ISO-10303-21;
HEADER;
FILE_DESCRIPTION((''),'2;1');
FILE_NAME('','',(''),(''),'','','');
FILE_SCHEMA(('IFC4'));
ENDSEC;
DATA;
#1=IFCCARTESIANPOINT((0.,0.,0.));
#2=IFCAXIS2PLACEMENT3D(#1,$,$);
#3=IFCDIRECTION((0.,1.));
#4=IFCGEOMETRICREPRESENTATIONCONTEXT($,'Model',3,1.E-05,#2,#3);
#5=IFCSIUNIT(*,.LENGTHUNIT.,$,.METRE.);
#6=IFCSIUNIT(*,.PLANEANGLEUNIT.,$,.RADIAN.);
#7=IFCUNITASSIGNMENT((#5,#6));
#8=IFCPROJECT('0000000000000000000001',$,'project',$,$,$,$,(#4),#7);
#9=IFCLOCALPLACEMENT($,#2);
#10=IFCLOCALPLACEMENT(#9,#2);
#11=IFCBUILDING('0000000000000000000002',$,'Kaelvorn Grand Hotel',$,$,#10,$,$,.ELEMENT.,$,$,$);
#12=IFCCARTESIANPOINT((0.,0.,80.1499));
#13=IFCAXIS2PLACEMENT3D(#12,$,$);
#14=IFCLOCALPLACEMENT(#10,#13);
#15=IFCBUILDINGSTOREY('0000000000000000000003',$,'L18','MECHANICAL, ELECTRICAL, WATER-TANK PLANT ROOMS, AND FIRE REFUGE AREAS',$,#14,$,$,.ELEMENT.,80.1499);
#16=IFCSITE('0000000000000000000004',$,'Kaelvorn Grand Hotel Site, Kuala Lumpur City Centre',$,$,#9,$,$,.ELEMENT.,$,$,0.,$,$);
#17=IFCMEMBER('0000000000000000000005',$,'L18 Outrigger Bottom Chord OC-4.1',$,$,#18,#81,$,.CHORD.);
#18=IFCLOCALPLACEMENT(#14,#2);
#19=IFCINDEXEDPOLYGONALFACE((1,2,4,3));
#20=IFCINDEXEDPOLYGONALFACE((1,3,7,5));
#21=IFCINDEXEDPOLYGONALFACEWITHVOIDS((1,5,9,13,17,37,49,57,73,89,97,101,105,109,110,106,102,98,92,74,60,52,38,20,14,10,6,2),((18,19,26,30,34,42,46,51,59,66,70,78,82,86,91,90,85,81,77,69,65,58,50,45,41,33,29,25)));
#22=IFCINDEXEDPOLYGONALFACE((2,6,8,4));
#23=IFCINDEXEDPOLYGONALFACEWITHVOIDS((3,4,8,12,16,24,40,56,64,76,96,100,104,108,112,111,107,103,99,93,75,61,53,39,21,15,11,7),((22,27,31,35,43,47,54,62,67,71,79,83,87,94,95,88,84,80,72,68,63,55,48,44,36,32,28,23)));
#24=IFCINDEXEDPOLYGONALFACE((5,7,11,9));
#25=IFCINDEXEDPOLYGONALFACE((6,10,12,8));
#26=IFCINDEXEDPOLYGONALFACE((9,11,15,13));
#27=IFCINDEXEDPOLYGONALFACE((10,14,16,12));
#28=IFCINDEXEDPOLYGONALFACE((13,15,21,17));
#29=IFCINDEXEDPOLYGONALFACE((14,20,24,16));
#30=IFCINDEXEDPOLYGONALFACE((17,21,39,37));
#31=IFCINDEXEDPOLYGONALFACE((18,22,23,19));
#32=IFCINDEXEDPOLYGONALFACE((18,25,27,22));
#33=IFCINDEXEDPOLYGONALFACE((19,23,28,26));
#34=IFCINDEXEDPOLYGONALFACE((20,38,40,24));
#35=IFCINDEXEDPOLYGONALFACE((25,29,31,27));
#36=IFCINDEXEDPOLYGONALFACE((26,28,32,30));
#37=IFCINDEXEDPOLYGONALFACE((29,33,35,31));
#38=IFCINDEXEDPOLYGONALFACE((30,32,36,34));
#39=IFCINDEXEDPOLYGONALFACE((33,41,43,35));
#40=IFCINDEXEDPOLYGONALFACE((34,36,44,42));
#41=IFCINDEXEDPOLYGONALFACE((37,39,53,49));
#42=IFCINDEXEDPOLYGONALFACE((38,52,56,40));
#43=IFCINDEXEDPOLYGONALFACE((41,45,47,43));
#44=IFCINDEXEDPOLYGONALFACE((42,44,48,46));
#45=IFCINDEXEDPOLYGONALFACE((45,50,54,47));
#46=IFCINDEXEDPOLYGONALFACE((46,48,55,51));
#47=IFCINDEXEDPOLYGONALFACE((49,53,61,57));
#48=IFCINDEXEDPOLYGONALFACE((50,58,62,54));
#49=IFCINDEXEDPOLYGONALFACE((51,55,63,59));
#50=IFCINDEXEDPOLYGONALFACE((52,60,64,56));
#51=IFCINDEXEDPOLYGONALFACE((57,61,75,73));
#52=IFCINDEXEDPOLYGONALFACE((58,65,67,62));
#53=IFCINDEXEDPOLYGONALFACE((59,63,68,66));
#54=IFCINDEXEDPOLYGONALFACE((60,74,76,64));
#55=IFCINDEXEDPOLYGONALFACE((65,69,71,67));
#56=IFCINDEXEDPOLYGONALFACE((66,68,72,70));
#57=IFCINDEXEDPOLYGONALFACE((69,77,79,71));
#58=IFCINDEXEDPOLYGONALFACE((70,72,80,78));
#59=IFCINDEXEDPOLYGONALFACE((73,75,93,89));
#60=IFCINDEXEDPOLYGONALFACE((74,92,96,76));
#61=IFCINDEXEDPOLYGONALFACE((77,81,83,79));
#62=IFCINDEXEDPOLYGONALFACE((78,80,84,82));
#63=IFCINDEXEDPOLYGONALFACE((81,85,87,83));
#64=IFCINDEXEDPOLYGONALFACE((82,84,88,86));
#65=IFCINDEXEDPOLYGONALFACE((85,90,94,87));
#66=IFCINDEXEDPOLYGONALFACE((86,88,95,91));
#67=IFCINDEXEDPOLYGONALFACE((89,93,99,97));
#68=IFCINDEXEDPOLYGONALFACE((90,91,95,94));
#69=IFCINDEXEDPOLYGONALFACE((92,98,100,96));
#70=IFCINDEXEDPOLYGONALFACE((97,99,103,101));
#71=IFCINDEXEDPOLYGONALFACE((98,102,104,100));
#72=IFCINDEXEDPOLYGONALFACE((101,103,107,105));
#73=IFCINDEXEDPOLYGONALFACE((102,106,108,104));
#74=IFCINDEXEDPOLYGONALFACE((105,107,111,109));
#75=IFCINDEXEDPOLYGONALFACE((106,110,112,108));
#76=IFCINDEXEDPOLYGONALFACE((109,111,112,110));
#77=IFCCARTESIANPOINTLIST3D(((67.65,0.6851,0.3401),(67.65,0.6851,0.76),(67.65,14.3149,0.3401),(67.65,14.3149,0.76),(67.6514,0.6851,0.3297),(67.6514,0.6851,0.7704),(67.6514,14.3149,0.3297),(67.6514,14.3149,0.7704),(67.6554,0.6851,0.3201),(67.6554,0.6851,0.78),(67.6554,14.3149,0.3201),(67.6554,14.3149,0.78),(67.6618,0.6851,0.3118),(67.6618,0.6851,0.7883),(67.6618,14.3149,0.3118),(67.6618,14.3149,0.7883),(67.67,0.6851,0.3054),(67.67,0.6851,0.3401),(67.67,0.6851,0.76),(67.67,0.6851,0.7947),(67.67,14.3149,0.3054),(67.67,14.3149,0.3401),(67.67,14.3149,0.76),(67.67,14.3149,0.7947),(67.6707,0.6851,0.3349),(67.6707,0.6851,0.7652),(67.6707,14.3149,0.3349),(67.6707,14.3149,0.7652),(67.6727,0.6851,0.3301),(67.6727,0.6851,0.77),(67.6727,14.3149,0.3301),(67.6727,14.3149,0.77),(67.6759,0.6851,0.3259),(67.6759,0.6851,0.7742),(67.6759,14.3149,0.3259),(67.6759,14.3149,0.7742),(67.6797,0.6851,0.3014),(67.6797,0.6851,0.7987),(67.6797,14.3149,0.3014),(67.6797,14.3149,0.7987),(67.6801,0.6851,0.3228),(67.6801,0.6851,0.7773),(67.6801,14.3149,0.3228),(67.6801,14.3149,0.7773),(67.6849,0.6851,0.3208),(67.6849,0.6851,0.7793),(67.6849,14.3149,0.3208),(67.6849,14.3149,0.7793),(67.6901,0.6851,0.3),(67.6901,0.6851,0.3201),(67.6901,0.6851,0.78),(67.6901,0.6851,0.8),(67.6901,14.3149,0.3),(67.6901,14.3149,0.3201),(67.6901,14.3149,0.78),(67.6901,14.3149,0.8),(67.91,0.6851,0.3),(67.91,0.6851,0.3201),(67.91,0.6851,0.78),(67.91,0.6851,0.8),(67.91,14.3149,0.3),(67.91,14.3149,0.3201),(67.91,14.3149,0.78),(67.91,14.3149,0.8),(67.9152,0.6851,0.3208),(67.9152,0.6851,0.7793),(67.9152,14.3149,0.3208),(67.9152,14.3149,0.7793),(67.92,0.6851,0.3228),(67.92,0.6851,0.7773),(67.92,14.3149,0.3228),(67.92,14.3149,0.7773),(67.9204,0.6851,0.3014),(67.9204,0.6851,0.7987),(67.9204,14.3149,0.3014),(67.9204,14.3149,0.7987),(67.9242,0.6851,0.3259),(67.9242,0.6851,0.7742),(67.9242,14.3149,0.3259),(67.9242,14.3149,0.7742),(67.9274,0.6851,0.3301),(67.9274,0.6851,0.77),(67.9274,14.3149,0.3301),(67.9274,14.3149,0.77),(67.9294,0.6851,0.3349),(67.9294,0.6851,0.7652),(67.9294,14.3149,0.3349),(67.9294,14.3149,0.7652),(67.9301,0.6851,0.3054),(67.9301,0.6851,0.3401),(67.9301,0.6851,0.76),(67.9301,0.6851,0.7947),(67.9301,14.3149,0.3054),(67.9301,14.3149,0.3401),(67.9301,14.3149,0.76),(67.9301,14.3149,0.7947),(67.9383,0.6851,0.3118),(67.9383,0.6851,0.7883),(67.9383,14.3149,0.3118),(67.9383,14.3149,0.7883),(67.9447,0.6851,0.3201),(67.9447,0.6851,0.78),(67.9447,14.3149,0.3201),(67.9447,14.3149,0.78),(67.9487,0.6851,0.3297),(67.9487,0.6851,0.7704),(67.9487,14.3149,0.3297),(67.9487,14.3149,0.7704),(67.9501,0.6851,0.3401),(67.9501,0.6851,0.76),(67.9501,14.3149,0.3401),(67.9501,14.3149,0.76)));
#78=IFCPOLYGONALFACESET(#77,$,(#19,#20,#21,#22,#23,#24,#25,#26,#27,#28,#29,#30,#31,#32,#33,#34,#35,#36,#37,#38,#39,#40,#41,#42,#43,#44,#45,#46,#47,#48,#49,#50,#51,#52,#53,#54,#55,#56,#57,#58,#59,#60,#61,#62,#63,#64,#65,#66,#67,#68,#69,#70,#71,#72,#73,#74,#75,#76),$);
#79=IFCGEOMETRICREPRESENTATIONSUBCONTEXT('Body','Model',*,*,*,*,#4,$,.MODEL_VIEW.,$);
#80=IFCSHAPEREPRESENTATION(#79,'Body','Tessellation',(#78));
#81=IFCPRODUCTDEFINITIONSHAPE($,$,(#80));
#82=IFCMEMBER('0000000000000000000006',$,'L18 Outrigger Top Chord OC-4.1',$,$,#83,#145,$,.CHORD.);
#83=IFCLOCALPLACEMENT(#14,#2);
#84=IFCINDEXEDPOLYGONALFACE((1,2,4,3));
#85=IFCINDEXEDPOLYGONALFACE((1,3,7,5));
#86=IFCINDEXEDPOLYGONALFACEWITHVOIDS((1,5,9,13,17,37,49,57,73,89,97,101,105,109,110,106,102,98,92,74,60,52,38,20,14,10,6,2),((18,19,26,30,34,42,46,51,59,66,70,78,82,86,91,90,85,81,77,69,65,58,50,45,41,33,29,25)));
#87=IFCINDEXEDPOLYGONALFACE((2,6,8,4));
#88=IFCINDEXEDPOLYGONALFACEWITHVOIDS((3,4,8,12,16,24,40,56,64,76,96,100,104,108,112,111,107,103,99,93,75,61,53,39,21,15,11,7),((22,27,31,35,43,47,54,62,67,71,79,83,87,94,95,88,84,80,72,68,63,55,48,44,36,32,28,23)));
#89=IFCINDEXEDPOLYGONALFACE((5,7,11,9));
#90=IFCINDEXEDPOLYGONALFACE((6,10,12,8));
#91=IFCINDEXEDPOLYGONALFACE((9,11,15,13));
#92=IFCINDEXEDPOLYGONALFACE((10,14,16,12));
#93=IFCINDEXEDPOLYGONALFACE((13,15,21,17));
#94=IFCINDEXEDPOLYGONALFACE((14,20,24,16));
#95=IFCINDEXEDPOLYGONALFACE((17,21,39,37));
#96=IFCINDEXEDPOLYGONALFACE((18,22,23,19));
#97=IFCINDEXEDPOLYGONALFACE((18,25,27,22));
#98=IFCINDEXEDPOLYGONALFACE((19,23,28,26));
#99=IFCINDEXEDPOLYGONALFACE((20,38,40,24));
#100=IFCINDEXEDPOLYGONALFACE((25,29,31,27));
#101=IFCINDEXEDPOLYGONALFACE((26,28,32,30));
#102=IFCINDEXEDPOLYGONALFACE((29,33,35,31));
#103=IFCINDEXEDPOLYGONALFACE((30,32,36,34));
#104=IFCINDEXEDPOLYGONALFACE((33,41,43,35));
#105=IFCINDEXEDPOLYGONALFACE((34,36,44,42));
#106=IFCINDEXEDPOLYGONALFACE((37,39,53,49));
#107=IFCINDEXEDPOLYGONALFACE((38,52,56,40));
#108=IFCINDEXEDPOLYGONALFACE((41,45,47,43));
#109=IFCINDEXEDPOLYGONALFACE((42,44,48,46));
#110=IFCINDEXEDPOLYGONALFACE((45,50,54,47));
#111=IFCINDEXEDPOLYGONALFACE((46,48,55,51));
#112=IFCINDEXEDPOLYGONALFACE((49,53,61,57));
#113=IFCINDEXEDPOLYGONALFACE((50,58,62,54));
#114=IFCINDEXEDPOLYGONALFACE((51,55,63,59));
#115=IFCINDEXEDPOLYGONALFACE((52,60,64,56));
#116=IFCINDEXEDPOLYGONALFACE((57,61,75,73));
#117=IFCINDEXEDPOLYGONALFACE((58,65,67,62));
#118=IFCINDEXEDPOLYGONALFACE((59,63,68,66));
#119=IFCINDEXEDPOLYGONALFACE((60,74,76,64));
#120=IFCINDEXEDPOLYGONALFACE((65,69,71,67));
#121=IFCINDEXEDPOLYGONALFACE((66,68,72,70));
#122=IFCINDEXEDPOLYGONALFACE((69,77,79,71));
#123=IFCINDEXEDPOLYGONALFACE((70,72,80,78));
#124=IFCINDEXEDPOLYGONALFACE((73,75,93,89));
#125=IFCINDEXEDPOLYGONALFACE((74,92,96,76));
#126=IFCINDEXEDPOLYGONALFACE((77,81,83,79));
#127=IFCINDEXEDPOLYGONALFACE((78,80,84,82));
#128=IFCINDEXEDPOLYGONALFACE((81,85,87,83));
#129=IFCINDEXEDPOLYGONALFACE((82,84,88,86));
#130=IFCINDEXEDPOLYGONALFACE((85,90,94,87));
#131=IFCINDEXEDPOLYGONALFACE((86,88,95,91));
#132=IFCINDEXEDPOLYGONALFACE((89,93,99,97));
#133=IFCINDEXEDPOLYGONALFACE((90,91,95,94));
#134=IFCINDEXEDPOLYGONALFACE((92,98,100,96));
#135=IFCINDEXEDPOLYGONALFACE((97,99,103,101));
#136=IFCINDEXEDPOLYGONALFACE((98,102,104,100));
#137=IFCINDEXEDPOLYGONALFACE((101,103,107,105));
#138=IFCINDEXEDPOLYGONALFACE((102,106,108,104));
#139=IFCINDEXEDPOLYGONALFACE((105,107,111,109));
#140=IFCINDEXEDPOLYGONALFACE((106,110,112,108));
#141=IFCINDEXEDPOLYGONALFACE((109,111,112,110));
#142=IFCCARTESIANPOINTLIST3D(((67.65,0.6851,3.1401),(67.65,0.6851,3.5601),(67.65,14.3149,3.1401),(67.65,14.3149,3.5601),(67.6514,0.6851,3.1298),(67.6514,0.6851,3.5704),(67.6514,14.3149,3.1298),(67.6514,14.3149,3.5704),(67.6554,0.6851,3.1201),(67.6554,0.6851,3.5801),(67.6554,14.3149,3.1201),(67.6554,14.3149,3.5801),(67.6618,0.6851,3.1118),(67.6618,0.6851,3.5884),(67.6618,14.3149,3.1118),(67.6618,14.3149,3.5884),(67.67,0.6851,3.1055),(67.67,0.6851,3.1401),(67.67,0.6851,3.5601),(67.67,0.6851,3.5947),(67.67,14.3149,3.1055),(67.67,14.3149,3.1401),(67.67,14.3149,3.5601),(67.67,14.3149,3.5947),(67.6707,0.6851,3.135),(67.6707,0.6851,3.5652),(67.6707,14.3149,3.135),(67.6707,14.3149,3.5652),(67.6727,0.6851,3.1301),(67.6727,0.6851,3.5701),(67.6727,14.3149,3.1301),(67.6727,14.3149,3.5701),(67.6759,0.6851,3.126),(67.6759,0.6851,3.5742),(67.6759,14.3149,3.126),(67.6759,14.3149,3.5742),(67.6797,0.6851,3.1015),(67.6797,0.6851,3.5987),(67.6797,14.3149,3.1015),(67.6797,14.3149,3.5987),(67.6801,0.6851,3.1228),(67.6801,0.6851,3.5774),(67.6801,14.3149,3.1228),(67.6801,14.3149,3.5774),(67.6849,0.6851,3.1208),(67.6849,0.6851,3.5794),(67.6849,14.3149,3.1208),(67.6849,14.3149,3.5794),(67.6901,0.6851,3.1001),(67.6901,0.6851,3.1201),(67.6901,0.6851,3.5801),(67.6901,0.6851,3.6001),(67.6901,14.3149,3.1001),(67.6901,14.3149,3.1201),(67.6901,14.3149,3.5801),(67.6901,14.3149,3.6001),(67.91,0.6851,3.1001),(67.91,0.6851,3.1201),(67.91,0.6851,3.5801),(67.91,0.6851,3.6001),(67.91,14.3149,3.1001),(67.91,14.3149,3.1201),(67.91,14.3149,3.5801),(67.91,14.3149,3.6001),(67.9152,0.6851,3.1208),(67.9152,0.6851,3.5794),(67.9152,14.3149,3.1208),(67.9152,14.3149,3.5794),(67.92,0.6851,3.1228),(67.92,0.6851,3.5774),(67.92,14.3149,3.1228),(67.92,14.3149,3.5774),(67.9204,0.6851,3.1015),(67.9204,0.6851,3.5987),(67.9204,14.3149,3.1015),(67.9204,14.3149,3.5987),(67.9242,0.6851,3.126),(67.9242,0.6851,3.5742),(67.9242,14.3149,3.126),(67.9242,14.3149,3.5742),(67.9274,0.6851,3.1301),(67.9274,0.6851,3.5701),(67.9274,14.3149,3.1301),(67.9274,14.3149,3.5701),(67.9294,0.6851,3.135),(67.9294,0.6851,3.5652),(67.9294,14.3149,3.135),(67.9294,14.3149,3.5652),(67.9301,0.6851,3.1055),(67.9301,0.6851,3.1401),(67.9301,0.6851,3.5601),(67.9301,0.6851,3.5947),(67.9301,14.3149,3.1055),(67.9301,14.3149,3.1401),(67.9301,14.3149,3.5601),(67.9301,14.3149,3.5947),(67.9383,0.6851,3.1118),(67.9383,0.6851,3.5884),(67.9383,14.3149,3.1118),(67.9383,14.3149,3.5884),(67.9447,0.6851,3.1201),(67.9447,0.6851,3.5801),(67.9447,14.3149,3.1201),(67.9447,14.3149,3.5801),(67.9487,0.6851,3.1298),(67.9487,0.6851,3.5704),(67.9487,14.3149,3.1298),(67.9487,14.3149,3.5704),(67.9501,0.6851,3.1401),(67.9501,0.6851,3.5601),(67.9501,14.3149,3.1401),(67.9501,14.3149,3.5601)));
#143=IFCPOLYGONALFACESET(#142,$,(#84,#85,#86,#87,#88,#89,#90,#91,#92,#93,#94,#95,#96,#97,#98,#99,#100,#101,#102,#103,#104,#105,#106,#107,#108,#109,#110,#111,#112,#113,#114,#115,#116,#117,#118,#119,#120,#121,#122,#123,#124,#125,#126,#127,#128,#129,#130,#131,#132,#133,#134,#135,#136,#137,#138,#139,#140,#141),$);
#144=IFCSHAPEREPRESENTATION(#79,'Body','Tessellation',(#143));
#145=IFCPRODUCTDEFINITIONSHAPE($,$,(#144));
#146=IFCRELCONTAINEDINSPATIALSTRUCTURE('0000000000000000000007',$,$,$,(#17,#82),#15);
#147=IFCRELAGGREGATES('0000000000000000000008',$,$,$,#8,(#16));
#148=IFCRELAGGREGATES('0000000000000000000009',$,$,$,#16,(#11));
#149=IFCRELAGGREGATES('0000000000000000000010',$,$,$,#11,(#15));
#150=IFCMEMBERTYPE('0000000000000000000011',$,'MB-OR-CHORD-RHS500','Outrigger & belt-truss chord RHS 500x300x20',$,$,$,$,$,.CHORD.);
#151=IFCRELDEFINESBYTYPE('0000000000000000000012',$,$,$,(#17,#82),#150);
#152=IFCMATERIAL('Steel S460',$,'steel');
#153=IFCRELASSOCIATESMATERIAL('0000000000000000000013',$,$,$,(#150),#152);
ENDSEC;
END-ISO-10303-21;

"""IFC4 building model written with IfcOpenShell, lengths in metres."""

from ifc_helpers import new_model, si_unit, direction, frame, origin, origin_2d, place, context, subcontext, project, spatial, hollow_rectangle, extrude, material, material_profile, profile_set, type_object, element, save


model = new_model("IFC4")

# Units and contexts
model_context = context("Model", 3, precision=1e-05, world=origin(), true_north=direction((0.0, 1.0)))
body_context = subcontext(model_context, "Body", "Model", "MODEL_VIEW")
ifc_project = project(units=[si_unit("LENGTHUNIT", "METRE"), si_unit("PLANEANGLEUNIT", "RADIAN")], contexts=[model_context])

# Site, building, storey
site_placement = place(None, origin())
site = spatial("IfcSite", under=ifc_project, at=site_placement, Name="Kaelvorn Grand Hotel Site, Kuala Lumpur City Centre", CompositionType="ELEMENT", RefElevation=0.0)
building_placement = place(site_placement, origin())
building = spatial("IfcBuilding", under=site, at=building_placement, Name="Kaelvorn Grand Hotel", CompositionType="ELEMENT")
storey_placement = place(building_placement, frame((0.0, 0.0, 80.1499)))
storey = spatial("IfcBuildingStorey", under=building, at=storey_placement, Name="L18", Description="MECHANICAL, ELECTRICAL, WATER-TANK PLANT ROOMS, AND FIRE REFUGE AREAS", CompositionType="ELEMENT", Elevation=80.1499)

# Members
ifc_material_1 = material(Name="Steel S460", Category="steel")
ifc_material_profile_1 = material_profile(ifc_material_1, hollow_rectangle(XDim=0.3, YDim=0.5, WallThickness=0.02, InnerFilletRadius=0.02, OuterFilletRadius=0.04, at=origin_2d()), Name="RHS 500x300x20.0")
ifc_profile_set_1 = profile_set([ifc_material_profile_1], Name="Steel S460")
member_type_1 = type_object("IfcMemberType", Name="MB-OR-CHORD-RHS500", Description="Outrigger & belt-truss chord RHS 500x300x20", PredefinedType="CHORD", material=ifc_profile_set_1)
for number, where, z_axis, x_axis, name in (
    (1, (67.8, 0.6851, 0.55), (0.0, 1.0, 0.0), (-1.0, 0.0, 0.0), "L18 Outrigger Bottom Chord OC-4.1"),
    (2, (67.8, 0.6851, 3.3501), (0.0, 1.0, 0.0), (-1.0, 0.0, 0.0), "L18 Outrigger Top Chord OC-4.1"),
):
    element("IfcMember", number, at=place(storey_placement, frame(where, z_axis=z_axis, x_axis=x_axis)), inside=storey, type_object=member_type_1, Name=name, PredefinedType="CHORD", context=body_context, shape_type="SweptSolid", body=[
        extrude(hollow_rectangle(XDim=0.3, YDim=0.5, WallThickness=0.02, InnerFilletRadius=0.02, OuterFilletRadius=0.04, at=origin_2d()), origin(), (0.0, 0.0, 1.0), 13.6299),
    ])

save(model, "model.ifc")
